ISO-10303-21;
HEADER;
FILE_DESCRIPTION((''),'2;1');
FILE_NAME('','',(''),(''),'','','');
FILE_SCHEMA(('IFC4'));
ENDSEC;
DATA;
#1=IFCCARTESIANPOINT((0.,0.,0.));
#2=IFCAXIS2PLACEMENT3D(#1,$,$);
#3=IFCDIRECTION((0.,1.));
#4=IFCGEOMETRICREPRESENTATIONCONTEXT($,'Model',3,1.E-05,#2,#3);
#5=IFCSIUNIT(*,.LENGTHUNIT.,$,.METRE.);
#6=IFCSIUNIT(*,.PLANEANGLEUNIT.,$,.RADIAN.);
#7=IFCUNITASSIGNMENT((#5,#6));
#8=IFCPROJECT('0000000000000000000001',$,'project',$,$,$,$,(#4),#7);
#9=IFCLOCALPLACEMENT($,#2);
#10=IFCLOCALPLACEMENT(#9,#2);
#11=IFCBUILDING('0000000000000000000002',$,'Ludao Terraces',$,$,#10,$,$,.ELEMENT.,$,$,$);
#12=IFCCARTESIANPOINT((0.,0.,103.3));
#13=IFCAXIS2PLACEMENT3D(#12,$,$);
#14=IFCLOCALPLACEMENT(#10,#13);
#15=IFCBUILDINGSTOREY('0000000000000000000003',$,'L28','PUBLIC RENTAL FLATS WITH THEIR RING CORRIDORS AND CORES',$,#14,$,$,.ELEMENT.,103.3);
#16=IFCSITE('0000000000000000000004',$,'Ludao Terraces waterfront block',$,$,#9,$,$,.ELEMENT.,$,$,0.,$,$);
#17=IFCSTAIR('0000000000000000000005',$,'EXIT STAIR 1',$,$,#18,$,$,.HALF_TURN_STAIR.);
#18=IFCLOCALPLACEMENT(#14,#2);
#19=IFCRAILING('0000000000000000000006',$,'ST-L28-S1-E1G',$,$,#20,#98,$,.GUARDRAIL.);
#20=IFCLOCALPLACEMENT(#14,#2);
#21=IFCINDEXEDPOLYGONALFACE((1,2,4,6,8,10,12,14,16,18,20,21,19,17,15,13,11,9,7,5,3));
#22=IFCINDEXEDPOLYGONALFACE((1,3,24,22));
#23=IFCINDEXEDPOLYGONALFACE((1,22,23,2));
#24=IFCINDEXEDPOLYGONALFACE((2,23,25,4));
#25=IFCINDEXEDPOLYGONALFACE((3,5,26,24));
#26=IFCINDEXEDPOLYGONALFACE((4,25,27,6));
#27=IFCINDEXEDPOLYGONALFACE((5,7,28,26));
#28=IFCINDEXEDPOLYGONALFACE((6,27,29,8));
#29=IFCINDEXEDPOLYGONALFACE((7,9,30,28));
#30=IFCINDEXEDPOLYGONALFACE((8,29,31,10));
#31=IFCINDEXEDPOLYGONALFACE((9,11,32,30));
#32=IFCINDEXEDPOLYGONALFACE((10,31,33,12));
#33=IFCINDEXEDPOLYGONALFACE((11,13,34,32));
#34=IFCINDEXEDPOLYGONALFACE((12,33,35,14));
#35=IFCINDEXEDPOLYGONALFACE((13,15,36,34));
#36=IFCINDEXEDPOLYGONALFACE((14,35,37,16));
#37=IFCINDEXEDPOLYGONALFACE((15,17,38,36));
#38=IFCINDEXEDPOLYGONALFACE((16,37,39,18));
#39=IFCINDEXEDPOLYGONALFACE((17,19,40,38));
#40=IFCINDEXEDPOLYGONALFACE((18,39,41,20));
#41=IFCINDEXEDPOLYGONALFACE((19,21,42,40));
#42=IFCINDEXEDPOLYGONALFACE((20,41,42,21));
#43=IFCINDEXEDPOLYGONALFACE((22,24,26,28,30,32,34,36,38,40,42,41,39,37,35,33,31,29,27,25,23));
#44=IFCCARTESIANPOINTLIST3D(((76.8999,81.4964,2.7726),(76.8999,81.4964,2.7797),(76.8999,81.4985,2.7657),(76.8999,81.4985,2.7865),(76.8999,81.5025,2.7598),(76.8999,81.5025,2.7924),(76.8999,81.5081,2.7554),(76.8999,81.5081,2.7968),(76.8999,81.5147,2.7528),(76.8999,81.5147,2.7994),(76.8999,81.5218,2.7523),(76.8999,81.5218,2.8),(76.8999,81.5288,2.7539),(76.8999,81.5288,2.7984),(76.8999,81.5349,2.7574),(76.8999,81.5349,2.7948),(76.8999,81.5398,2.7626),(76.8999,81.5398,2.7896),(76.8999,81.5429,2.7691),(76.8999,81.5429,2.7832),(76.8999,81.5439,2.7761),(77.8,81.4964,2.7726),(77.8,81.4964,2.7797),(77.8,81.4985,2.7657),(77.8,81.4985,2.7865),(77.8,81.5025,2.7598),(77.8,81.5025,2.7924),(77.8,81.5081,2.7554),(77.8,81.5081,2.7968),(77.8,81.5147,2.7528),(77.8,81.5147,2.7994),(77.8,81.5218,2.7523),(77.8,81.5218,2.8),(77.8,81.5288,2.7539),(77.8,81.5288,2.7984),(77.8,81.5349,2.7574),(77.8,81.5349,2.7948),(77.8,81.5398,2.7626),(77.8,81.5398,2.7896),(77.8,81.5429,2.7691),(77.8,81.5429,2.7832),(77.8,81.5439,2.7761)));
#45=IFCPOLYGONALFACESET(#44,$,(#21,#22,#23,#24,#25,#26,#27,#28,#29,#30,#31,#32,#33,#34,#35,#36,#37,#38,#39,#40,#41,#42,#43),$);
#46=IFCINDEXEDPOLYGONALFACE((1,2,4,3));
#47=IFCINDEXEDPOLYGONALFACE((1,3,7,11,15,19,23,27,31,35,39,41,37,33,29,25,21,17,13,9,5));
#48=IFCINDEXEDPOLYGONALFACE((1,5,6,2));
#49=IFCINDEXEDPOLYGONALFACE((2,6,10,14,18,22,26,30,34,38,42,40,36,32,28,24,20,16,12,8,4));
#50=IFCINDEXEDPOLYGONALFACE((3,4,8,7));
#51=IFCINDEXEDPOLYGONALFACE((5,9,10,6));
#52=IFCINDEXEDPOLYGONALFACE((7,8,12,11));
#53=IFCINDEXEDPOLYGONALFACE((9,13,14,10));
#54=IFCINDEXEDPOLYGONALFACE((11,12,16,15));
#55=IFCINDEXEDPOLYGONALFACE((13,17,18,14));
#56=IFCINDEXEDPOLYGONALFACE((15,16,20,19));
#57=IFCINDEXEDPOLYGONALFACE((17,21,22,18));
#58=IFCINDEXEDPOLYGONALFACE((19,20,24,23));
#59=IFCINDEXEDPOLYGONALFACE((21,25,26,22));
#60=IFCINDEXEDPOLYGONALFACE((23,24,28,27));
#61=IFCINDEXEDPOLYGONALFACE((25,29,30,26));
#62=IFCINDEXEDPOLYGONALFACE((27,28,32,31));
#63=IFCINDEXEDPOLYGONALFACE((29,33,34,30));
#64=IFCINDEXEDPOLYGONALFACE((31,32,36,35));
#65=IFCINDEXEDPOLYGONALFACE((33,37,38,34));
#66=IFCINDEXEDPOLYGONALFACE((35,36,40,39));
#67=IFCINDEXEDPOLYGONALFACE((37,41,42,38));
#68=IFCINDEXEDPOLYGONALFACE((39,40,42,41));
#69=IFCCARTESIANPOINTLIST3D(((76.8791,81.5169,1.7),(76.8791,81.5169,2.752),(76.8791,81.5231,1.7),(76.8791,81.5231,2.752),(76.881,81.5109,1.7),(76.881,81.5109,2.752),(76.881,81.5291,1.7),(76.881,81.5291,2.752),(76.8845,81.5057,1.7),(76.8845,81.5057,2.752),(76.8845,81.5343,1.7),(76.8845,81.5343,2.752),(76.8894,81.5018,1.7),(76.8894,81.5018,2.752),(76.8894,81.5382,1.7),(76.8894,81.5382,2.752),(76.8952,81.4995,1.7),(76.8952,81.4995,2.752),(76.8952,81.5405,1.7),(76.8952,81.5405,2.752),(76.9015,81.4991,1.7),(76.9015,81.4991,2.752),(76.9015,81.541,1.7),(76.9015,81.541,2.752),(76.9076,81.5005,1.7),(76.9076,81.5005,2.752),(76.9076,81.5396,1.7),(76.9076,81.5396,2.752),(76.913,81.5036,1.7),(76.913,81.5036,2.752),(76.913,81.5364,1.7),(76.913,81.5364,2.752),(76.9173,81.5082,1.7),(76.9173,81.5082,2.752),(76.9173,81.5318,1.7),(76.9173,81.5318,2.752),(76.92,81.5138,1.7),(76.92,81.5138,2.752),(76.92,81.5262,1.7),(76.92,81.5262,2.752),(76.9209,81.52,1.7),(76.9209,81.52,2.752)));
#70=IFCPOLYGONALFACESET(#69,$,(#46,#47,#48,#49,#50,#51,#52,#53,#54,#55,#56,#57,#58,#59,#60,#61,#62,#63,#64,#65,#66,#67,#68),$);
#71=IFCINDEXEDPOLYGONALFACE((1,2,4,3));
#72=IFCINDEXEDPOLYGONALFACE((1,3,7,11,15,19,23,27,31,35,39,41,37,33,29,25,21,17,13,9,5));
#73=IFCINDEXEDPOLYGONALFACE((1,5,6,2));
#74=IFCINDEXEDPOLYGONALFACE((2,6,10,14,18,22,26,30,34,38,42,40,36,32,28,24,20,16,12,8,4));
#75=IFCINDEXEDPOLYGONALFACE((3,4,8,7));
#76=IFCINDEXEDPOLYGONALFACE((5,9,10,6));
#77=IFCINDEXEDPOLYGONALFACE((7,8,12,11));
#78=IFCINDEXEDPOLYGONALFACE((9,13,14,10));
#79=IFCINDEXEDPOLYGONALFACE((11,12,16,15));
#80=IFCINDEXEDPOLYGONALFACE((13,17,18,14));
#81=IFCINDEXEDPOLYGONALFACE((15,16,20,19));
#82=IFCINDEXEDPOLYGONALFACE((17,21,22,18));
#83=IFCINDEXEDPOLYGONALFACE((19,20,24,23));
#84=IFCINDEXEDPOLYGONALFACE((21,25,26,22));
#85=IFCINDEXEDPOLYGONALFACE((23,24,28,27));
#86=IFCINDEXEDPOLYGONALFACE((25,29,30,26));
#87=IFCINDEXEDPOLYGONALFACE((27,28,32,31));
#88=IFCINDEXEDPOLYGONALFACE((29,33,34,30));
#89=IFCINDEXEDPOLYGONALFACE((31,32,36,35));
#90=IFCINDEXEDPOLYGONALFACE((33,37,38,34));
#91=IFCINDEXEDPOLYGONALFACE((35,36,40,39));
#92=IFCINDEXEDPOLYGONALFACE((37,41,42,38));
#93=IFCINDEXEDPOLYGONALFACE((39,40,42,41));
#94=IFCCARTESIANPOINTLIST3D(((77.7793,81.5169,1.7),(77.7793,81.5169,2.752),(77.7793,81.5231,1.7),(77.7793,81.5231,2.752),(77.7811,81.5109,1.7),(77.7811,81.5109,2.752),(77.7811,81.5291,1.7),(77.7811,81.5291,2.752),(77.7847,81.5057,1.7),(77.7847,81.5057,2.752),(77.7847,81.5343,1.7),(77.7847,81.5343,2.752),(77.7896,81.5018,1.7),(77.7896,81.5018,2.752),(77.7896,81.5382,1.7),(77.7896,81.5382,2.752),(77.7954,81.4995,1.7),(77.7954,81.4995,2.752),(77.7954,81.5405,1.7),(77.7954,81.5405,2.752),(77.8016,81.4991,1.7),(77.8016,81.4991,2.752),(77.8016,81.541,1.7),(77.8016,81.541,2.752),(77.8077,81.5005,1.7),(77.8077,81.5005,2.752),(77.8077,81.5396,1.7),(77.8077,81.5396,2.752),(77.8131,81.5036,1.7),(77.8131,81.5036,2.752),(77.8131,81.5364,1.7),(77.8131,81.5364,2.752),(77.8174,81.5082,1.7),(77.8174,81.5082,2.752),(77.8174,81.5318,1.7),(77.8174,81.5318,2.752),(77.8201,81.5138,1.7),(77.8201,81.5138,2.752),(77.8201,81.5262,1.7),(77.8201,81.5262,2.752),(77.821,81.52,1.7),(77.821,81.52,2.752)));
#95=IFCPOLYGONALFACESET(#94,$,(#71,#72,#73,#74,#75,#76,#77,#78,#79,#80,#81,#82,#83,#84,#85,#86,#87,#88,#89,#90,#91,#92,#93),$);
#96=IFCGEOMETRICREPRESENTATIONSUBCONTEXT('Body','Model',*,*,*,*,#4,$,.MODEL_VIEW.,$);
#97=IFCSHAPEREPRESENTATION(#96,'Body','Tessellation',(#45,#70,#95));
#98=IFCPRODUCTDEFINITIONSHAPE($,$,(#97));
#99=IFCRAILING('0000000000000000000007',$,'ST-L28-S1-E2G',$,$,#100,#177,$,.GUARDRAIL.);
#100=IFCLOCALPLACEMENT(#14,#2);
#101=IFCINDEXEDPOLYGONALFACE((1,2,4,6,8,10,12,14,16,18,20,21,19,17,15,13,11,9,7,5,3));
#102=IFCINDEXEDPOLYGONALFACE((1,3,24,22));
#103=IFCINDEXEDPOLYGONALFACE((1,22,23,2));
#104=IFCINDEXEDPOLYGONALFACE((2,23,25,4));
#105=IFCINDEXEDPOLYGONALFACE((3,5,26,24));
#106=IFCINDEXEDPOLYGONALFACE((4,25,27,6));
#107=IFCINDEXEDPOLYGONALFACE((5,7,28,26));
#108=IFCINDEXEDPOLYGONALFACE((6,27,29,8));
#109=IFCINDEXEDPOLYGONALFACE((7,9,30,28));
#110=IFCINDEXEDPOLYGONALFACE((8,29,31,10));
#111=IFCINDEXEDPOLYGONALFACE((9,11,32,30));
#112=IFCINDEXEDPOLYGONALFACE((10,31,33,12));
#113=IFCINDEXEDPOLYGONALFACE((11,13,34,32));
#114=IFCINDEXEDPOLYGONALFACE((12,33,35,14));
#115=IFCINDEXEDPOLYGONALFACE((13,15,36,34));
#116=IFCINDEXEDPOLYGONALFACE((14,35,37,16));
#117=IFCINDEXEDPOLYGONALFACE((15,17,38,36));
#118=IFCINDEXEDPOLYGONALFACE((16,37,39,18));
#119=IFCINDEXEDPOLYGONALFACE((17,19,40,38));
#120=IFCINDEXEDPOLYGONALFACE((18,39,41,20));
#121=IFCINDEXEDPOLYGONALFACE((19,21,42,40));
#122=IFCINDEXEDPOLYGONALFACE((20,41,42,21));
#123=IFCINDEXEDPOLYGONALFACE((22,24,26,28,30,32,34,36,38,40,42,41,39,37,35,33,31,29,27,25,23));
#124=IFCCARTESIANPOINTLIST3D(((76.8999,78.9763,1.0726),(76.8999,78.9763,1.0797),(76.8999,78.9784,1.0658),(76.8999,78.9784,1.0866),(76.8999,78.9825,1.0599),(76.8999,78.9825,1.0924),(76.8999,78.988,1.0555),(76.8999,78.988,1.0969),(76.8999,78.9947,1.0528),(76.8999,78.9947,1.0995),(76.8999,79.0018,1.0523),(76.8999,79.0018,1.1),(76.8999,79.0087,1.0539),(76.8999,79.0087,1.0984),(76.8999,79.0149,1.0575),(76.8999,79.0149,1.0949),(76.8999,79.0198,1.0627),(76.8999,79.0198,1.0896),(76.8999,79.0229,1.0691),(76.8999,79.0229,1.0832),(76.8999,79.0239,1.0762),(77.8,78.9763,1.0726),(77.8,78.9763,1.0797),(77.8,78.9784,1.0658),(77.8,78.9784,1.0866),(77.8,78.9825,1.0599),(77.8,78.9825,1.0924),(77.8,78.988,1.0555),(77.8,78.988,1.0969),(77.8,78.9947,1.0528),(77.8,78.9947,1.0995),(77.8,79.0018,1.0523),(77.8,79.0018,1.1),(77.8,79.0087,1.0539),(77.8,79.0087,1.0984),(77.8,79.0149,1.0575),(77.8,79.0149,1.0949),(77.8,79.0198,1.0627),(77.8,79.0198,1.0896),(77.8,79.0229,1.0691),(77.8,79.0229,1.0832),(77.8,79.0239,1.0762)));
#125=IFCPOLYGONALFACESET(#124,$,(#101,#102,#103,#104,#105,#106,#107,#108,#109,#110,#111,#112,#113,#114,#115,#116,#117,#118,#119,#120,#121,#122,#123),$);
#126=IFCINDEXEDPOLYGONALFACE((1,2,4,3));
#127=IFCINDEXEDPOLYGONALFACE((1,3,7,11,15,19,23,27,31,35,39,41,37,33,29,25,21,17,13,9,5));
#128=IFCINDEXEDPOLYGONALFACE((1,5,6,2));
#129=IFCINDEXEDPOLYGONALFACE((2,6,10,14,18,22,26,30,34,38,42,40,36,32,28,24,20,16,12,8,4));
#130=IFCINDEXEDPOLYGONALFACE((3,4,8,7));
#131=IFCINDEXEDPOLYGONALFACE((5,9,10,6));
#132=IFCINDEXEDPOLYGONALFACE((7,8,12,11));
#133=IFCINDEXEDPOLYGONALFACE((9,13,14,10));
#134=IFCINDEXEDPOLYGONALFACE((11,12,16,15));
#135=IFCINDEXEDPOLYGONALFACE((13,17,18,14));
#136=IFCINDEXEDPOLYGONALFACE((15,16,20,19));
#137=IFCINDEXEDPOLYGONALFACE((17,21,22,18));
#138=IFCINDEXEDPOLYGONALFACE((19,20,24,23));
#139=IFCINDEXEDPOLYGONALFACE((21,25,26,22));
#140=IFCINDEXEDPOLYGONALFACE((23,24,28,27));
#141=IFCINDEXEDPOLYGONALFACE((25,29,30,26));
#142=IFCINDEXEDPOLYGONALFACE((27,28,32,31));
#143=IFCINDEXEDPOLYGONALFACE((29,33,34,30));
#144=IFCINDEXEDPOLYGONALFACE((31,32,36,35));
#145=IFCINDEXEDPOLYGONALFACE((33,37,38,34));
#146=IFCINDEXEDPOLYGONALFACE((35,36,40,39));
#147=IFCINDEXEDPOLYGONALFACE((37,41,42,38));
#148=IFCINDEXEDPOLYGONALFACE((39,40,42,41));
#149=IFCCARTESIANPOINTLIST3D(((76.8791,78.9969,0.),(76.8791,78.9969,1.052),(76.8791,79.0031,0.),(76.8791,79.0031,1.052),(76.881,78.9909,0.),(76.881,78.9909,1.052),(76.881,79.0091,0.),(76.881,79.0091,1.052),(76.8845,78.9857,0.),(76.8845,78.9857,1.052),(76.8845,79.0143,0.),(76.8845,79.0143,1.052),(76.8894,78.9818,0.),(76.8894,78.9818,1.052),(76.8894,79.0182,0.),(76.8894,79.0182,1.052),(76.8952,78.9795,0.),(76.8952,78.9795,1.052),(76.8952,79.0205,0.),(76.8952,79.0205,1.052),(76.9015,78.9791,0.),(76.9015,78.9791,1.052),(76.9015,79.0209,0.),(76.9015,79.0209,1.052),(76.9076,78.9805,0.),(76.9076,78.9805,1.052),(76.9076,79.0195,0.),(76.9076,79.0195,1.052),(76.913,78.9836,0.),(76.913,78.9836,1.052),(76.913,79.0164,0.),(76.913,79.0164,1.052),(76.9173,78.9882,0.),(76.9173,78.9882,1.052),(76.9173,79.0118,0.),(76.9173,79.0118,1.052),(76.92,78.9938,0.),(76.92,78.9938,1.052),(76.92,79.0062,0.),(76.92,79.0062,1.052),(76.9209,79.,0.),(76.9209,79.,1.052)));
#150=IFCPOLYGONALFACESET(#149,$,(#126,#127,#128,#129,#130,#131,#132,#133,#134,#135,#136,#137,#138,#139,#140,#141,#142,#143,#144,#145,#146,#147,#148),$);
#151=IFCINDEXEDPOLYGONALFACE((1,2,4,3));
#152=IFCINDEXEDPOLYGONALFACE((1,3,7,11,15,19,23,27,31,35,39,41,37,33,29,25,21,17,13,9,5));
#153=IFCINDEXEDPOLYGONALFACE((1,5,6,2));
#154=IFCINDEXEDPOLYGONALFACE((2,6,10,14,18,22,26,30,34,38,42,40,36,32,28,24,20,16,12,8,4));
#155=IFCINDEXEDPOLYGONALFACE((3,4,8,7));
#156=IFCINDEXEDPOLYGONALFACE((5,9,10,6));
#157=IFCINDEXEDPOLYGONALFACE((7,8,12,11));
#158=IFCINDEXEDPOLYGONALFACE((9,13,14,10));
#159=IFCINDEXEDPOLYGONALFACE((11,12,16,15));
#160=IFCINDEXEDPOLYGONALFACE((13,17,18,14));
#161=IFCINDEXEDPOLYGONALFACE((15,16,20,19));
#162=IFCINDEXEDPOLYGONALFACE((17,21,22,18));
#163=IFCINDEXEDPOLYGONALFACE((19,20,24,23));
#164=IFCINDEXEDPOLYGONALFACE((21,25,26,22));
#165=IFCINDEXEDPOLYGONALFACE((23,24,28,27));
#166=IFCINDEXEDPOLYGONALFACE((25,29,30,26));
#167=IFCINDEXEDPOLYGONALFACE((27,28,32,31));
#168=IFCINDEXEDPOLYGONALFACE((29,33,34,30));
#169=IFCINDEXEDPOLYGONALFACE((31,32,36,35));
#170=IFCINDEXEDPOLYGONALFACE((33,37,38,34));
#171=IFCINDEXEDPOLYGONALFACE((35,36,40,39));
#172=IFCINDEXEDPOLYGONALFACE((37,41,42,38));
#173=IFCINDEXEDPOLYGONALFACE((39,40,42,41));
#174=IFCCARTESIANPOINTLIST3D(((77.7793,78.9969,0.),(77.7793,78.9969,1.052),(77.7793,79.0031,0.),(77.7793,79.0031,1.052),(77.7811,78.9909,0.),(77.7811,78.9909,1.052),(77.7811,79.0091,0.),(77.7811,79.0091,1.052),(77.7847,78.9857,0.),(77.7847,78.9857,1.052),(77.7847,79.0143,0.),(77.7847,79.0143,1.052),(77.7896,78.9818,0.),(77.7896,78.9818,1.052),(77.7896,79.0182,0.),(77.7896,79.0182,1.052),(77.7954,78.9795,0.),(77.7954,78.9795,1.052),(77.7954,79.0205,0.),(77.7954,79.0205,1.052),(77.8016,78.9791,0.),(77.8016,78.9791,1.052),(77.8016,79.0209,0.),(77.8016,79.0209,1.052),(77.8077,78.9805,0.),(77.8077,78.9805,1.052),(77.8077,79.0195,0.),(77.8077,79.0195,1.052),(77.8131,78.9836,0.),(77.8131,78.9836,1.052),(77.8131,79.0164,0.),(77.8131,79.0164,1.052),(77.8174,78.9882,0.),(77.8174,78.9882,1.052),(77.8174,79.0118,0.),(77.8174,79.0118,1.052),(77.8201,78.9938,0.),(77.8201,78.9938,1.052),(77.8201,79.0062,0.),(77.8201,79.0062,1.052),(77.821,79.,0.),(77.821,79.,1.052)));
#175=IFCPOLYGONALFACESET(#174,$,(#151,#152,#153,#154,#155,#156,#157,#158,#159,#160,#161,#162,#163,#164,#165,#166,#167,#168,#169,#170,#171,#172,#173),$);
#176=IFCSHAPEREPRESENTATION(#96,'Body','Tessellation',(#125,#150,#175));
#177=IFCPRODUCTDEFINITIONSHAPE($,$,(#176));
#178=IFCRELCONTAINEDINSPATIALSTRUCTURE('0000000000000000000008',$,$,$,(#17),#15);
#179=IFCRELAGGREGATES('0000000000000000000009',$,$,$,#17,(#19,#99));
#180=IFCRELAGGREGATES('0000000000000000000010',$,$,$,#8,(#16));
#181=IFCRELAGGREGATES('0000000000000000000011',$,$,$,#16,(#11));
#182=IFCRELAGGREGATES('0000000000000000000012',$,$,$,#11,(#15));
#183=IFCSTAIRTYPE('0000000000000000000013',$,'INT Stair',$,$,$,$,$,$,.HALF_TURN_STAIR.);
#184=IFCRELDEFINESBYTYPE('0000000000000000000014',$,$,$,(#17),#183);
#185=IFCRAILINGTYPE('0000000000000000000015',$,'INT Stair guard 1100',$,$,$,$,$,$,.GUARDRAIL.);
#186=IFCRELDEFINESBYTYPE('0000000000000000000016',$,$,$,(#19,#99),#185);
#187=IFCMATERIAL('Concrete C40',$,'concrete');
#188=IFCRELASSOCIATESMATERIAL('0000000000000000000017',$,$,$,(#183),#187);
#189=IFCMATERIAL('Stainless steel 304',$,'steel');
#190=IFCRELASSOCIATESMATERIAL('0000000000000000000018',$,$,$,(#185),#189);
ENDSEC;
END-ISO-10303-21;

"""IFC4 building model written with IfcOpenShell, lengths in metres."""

from ifc_helpers import new_model, si_unit, direction, frame, origin, origin_2d, place, context, subcontext, project, spatial, circle, extrude, material, type_object, element, aggregate, save


model = new_model("IFC4")

# Units and contexts
model_context = context("Model", 3, precision=1e-05, world=origin(), true_north=direction((0.0, 1.0)))
body_context = subcontext(model_context, "Body", "Model", "MODEL_VIEW")
ifc_project = project(units=[si_unit("LENGTHUNIT", "METRE"), si_unit("PLANEANGLEUNIT", "RADIAN")], contexts=[model_context])

# Site, building, storey
site_placement = place(None, origin())
site = spatial("IfcSite", under=ifc_project, at=site_placement, Name="Ludao Terraces waterfront block", CompositionType="ELEMENT", RefElevation=0.0)
building_placement = place(site_placement, origin())
building = spatial("IfcBuilding", under=site, at=building_placement, Name="Ludao Terraces", CompositionType="ELEMENT")
storey_placement = place(building_placement, frame((0.0, 0.0, 103.3)))
storey = spatial("IfcBuildingStorey", under=building, at=storey_placement, Name="L28", Description="PUBLIC RENTAL FLATS WITH THEIR RING CORRIDORS AND CORES", CompositionType="ELEMENT", Elevation=103.3)

# Stair, railings
ifc_material_1 = material(Name="Concrete C40", Category="concrete")
stair_type = type_object("IfcStairType", Name="INT Stair", PredefinedType="HALF_TURN_STAIR", material=ifc_material_1)
stair_placement = place(storey_placement, origin())
stair = element("IfcStair", 1, at=stair_placement, inside=storey, type_object=stair_type, Name="EXIT STAIR 1", PredefinedType="HALF_TURN_STAIR")
ifc_material_2 = material(Name="Stainless steel 304", Category="steel")
railing_type_1 = type_object("IfcRailingType", Name="INT Stair guard 1100", PredefinedType="GUARDRAIL", material=ifc_material_2)
railing_1_placement = place(storey_placement, frame((76.8999, 81.52, 1.7)))
railing_1 = element("IfcRailing", 2, at=railing_1_placement, type_object=railing_type_1, Name="ST-L28-S1-E1G", PredefinedType="GUARDRAIL", context=body_context, shape_type="SweptSolid", body=[
    extrude(circle(Radius=0.0239, at=origin_2d()), frame((0.0, 0.0, 1.0762), z_axis=(1.0, 0.0, 0.0), x_axis=(0.0, 1.0, 0.0)), (0.0, 0.0, 1.0), 0.9001),
    extrude(circle(Radius=0.021, at=origin_2d()), origin(), (0.0, 0.0, 1.0), 1.052),
    extrude(circle(Radius=0.021, at=origin_2d()), frame((0.9001, 0.0, 0.0)), (0.0, 0.0, 1.0), 1.052),
])
railing_2_placement = place(storey_placement, frame((76.8999, 79.0, 0.0)))
railing_2 = element("IfcRailing", 3, at=railing_2_placement, type_object=railing_type_1, Name="ST-L28-S1-E2G", PredefinedType="GUARDRAIL", context=body_context, shape_type="SweptSolid", body=[
    extrude(circle(Radius=0.0239, at=origin_2d()), frame((0.0, 0.0, 1.0762), z_axis=(1.0, 0.0, 0.0), x_axis=(0.0, 1.0, 0.0)), (0.0, 0.0, 1.0), 0.9001),
    extrude(circle(Radius=0.021, at=origin_2d()), origin(), (0.0, 0.0, 1.0), 1.052),
    extrude(circle(Radius=0.021, at=origin_2d()), frame((0.9001, 0.0, 0.0)), (0.0, 0.0, 1.0), 1.052),
])
aggregate(stair, [railing_1, railing_2])

save(model, "model.ifc")
